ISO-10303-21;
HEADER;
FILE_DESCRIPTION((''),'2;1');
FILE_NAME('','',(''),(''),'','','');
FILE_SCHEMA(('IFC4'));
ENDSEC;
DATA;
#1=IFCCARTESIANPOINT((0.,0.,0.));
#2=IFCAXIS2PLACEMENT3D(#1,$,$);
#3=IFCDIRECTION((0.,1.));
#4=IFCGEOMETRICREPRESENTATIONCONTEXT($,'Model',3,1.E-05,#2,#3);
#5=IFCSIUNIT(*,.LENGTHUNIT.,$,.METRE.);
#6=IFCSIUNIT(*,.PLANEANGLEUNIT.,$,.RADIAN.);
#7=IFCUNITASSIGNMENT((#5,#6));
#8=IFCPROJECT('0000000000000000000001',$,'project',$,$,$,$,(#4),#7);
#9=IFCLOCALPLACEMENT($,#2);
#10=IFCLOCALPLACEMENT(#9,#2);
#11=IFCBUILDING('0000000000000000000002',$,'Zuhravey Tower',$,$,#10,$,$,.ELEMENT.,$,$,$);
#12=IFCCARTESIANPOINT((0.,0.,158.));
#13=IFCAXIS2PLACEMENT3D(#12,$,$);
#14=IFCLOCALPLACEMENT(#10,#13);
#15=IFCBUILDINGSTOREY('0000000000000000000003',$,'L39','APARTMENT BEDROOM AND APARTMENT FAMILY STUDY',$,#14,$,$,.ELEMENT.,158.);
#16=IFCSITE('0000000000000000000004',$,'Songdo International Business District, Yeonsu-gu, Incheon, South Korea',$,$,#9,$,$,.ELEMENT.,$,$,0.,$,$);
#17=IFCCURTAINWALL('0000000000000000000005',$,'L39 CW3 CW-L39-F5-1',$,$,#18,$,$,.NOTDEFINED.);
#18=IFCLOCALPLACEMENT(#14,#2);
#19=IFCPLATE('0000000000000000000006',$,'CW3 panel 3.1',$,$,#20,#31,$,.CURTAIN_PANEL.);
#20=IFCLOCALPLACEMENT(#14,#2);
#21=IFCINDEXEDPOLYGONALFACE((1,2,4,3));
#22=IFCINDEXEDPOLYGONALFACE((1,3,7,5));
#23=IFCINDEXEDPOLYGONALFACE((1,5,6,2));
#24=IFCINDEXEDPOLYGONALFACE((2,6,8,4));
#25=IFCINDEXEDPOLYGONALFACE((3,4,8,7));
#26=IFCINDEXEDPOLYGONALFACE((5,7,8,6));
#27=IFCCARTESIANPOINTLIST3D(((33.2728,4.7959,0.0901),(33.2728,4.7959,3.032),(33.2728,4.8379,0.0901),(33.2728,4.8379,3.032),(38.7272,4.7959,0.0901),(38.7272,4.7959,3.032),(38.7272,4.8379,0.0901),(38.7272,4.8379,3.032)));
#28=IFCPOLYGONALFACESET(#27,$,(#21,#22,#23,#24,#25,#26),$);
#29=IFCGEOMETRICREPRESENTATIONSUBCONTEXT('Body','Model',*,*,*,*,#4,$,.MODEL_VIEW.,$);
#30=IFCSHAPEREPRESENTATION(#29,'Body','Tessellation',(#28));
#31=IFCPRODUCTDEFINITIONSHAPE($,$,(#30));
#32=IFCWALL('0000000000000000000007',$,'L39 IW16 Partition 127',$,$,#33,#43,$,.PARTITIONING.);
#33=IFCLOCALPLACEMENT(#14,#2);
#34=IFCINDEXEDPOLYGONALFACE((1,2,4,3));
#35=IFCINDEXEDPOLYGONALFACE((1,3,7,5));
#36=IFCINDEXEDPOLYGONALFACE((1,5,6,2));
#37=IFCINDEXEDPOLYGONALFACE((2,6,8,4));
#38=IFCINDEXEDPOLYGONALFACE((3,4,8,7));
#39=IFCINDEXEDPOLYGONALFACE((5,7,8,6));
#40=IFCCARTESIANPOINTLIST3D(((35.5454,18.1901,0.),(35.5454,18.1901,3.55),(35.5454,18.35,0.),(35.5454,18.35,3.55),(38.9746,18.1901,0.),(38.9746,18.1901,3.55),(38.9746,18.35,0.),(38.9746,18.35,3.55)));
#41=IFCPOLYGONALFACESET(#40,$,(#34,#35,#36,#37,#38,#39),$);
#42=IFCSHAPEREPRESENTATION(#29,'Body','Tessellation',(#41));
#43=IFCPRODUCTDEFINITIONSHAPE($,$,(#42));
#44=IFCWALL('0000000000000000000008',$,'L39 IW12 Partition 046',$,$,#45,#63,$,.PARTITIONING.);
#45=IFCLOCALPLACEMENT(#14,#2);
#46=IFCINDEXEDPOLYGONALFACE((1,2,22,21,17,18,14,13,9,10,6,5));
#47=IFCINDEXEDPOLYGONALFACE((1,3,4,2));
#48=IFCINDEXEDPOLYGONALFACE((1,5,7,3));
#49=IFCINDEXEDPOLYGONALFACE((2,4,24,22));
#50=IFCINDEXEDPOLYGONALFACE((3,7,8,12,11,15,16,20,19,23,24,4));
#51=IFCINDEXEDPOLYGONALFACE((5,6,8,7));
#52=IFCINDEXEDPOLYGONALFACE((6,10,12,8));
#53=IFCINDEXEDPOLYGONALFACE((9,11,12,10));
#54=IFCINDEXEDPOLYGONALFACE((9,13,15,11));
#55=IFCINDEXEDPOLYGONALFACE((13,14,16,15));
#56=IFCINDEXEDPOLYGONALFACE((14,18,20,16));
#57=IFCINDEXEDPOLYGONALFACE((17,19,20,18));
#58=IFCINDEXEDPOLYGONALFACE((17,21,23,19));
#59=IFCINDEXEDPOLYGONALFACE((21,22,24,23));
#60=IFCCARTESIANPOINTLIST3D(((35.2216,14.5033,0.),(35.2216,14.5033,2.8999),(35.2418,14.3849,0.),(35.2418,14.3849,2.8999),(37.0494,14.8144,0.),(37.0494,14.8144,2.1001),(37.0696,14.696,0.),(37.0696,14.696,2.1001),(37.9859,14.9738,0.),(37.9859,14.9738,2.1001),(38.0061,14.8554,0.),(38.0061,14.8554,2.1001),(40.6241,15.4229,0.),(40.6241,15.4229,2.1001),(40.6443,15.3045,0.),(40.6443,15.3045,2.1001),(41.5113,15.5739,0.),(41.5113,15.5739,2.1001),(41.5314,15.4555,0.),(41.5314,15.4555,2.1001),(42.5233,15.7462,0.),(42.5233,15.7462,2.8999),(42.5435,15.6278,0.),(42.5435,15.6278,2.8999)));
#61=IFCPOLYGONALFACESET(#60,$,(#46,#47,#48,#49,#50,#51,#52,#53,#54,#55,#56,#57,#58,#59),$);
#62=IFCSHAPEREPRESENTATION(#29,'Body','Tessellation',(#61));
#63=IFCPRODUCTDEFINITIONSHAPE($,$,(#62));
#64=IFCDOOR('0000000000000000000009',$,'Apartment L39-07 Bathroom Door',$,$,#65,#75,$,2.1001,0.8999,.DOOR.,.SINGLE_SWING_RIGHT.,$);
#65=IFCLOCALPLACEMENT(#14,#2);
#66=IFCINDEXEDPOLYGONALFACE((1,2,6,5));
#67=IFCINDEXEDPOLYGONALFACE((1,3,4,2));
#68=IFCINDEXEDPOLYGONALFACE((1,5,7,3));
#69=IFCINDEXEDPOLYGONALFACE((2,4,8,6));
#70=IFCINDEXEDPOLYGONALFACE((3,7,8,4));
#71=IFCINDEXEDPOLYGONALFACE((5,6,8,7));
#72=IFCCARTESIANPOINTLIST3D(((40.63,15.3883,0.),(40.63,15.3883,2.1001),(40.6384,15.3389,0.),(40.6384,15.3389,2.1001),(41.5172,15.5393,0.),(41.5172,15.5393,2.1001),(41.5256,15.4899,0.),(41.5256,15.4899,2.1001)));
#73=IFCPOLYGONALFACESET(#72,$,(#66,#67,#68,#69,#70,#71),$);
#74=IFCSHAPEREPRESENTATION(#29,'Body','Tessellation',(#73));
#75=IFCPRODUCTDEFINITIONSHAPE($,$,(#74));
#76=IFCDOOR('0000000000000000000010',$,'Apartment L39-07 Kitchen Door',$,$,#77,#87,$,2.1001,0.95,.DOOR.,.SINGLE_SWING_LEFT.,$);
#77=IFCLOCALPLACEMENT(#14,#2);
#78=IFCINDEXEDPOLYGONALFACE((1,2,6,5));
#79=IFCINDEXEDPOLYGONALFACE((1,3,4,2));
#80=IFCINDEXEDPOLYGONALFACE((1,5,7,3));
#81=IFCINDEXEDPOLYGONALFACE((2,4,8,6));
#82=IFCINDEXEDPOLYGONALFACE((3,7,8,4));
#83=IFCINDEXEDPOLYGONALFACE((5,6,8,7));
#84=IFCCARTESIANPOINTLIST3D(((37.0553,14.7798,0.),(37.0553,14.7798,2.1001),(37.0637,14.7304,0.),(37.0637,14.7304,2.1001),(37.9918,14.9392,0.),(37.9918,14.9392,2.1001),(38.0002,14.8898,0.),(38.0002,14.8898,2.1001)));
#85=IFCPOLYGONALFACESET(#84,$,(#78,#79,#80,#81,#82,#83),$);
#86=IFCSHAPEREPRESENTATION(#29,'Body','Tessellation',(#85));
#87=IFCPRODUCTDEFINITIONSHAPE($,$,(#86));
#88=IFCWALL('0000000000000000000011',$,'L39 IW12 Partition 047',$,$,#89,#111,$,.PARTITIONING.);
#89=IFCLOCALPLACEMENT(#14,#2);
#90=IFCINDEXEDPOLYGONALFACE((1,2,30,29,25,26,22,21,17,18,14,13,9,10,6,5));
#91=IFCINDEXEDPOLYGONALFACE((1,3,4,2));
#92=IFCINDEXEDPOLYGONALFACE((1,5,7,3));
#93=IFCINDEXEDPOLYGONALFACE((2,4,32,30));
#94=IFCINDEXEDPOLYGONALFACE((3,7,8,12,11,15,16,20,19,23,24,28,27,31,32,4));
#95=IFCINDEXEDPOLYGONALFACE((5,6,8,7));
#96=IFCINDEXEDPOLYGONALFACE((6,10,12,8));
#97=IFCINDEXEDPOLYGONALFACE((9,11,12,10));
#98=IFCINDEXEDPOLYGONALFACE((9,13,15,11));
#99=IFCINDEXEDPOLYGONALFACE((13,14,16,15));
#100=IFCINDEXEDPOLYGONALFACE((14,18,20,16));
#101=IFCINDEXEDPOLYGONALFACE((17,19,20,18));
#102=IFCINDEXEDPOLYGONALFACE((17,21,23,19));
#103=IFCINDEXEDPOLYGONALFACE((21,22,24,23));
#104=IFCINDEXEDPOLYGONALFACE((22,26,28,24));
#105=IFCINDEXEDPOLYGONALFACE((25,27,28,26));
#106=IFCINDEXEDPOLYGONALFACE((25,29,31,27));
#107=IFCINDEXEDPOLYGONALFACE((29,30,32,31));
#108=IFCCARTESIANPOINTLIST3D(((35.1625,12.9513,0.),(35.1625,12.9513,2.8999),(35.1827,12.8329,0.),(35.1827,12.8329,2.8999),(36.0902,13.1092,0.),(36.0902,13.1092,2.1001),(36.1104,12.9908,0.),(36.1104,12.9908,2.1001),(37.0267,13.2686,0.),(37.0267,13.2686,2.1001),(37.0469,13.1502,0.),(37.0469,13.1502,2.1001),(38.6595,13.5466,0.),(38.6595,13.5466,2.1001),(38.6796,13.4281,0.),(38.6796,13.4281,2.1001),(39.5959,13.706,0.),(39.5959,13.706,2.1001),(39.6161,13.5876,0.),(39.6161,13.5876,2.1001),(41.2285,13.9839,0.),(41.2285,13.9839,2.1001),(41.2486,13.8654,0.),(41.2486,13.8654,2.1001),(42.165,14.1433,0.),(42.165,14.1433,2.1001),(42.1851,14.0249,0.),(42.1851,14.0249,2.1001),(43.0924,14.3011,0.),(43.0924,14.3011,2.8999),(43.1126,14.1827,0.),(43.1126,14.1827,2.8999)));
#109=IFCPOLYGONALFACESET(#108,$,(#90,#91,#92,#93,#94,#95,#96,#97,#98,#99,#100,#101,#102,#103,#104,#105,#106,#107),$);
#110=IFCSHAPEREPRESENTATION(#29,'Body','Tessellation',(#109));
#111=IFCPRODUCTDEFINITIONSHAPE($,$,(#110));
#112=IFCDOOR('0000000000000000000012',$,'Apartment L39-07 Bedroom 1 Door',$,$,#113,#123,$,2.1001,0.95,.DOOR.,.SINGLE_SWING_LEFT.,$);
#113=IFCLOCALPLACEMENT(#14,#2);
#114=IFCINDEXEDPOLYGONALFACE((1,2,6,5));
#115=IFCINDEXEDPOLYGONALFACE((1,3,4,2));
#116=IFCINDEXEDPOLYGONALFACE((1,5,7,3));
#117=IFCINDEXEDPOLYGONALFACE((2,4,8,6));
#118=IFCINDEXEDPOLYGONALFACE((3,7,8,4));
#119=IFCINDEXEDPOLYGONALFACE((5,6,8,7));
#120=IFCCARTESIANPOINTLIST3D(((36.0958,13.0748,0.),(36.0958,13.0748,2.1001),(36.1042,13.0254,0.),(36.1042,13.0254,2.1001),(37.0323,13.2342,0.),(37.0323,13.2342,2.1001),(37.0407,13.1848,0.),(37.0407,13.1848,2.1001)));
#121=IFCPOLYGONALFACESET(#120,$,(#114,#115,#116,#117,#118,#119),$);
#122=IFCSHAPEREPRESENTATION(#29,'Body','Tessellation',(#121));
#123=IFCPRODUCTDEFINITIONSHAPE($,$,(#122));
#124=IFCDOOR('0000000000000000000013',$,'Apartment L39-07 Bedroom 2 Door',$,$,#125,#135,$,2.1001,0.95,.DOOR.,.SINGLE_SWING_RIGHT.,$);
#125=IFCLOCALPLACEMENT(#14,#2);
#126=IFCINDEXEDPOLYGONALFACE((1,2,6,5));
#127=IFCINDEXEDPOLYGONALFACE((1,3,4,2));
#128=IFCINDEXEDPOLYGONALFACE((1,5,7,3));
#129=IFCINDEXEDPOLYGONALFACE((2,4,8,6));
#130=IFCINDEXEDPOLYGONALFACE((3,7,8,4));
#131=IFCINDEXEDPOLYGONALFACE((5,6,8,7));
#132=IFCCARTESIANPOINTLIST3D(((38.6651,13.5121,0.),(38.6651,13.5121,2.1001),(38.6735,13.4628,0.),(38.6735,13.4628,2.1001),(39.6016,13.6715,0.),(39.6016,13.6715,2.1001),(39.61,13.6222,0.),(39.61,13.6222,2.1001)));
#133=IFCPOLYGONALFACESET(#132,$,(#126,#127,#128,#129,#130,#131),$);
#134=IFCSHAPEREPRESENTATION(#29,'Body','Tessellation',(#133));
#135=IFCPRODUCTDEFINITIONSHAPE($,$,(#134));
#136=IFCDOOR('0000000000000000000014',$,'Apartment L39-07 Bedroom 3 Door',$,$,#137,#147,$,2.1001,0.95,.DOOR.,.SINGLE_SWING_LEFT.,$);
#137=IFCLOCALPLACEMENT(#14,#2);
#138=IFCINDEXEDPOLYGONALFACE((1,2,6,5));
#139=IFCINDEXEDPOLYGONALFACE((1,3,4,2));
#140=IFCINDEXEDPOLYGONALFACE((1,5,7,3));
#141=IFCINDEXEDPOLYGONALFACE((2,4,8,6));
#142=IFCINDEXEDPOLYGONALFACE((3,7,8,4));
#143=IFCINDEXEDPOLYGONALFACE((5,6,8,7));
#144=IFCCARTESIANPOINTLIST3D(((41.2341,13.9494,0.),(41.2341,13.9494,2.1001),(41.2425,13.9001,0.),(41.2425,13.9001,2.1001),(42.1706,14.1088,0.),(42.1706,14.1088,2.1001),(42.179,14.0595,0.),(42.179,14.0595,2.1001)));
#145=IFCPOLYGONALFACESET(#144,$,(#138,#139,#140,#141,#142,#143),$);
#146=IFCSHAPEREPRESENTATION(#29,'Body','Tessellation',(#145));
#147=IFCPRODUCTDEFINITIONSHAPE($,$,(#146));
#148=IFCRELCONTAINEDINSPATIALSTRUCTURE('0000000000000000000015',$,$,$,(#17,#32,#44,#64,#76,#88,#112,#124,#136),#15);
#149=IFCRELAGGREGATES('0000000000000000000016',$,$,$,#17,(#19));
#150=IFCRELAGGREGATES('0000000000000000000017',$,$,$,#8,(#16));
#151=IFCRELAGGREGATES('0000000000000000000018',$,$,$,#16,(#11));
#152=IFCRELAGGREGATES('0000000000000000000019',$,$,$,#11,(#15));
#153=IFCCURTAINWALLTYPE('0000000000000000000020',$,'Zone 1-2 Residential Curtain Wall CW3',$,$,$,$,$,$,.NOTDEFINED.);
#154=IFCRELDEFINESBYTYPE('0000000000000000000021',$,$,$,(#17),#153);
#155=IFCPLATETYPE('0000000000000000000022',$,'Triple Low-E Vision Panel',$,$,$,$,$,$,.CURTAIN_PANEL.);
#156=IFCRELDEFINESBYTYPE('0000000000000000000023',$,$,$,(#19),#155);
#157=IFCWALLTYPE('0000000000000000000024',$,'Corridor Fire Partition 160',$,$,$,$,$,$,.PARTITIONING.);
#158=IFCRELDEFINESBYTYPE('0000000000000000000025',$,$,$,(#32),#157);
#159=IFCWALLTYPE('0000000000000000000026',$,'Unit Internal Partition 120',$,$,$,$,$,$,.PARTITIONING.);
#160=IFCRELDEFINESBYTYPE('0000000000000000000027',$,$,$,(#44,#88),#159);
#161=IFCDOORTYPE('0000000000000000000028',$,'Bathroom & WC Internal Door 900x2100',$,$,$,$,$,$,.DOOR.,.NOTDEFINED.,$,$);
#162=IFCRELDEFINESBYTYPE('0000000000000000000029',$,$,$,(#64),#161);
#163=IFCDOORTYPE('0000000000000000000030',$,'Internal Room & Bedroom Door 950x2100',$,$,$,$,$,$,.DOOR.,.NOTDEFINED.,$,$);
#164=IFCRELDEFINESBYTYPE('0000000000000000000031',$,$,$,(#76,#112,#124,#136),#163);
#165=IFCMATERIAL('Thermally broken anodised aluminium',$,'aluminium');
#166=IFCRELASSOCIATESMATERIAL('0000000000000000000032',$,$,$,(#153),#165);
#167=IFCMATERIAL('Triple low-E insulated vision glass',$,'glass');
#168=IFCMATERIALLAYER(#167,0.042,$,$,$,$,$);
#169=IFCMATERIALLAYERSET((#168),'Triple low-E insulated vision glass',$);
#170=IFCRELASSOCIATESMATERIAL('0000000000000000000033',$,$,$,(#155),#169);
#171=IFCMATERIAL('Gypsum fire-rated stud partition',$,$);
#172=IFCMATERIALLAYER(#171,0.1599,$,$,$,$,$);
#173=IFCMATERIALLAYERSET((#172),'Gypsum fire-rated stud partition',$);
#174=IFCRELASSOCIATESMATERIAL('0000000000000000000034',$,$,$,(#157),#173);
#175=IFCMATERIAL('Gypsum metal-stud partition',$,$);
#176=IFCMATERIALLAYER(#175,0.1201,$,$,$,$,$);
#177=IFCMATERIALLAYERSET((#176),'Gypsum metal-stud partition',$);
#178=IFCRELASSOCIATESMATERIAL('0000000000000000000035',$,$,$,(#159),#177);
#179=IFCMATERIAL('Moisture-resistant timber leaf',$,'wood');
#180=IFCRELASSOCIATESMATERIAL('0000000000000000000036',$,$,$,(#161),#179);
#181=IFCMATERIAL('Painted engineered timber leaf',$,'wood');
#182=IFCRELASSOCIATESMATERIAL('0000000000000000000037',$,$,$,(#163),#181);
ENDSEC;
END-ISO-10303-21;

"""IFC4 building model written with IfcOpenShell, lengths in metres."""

from ifc_helpers import new_model, si_unit, direction, frame, frame_2d, origin, origin_2d, place, context, subcontext, project, spatial, rectangle, extrude, material, layer, layer_set, type_object, element, fill, aggregate, save


model = new_model("IFC4")

# Units and contexts
model_context = context("Model", 3, precision=1e-05, world=origin(), true_north=direction((0.0, 1.0)))
body_context = subcontext(model_context, "Body", "Model", "MODEL_VIEW")
ifc_project = project(units=[si_unit("LENGTHUNIT", "METRE"), si_unit("PLANEANGLEUNIT", "RADIAN")], contexts=[model_context])

# Site, building, storey
site_placement = place(None, origin())
site = spatial("IfcSite", under=ifc_project, at=site_placement, Name="Songdo International Business District, Yeonsu-gu, Incheon, South Korea", CompositionType="ELEMENT", RefElevation=0.0)
building_placement = place(site_placement, origin())
building = spatial("IfcBuilding", under=site, at=building_placement, Name="Zuhravey Tower", CompositionType="ELEMENT")
storey_placement = place(building_placement, frame((0.0, 0.0, 158.0)))
storey = spatial("IfcBuildingStorey", under=building, at=storey_placement, Name="L39", Description="APARTMENT BEDROOM AND APARTMENT FAMILY STUDY", CompositionType="ELEMENT", Elevation=158.0)

# Curtain wall
ifc_material_1 = material(Name="Thermally broken anodised aluminium", Category="aluminium")
curtain_wall_type = type_object("IfcCurtainWallType", Name="Zone 1-2 Residential Curtain Wall CW3", PredefinedType="NOTDEFINED", material=ifc_material_1)
curtain_wall_placement = place(storey_placement, origin())
curtain_wall = element("IfcCurtainWall", 1, at=curtain_wall_placement, inside=storey, type_object=curtain_wall_type, Name="L39 CW3 CW-L39-F5-1", PredefinedType="NOTDEFINED")

# Plate
ifc_material_2 = material(Name="Triple low-E insulated vision glass", Category="glass")
ifc_layer_1 = layer(ifc_material_2, 0.042)
ifc_layer_set_1 = layer_set([ifc_layer_1], Name="Triple low-E insulated vision glass")
plate_type = type_object("IfcPlateType", Name="Triple Low-E Vision Panel", PredefinedType="CURTAIN_PANEL", material=ifc_layer_set_1)
plate_1_placement = place(storey_placement, frame((36.0, 4.8169, 0.0901), z_axis=(0.0, 0.0, 1.0), x_axis=(-1.0, 0.0, 0.0)))
plate_1 = element("IfcPlate", 2, at=plate_1_placement, type_object=plate_type, Name="CW3 panel 3.1", PredefinedType="CURTAIN_PANEL", context=body_context, shape_type="SweptSolid", body=[
    extrude(rectangle(XDim=5.4543, YDim=0.042, at=origin_2d()), origin(), (0.0, 0.0, 1.0), 2.9419),
])
aggregate(curtain_wall, [plate_1])

# Wall
ifc_material_3 = material(Name="Gypsum fire-rated stud partition")
ifc_layer_2 = layer(ifc_material_3, 0.1599)
ifc_layer_set_2 = layer_set([ifc_layer_2], Name="Gypsum fire-rated stud partition")
wall_type_1 = type_object("IfcWallType", Name="Corridor Fire Partition 160", PredefinedType="PARTITIONING", material=ifc_layer_set_2)
wall_1_placement = place(storey_placement, frame((35.5454, 18.27, 0.0), z_axis=(0.0, 0.0, 1.0), x_axis=(1.0, 0.0, 0.0)))
element("IfcWall", 3, at=wall_1_placement, inside=storey, type_object=wall_type_1, Name="L39 IW16 Partition 127", PredefinedType="PARTITIONING", context=body_context, shape_type="SweptSolid", body=[
    extrude(rectangle(XDim=3.4292, YDim=0.1599, at=frame_2d((1.7146, 0.0))), origin(), (0.0, 0.0, 1.0), 3.55),
])

# Walls, openings, doors
ifc_material_4 = material(Name="Gypsum metal-stud partition")
ifc_layer_3 = layer(ifc_material_4, 0.1201)
ifc_layer_set_3 = layer_set([ifc_layer_3], Name="Gypsum metal-stud partition")
wall_type_2 = type_object("IfcWallType", Name="Unit Internal Partition 120", PredefinedType="PARTITIONING", material=ifc_layer_set_3)
wall_2_placement = place(storey_placement, frame((35.2317, 14.4441, 0.0), z_axis=(0.0, 0.0, 1.0), x_axis=(0.98582, 0.167808, 0.0)))
wall_2 = element("IfcWall", 4, at=wall_2_placement, inside=storey, type_object=wall_type_2, Name="L39 IW12 Partition 046", PredefinedType="PARTITIONING", context=body_context, shape_type="SweptSolid", body=[
    extrude(rectangle(XDim=7.4067, YDim=0.1201, at=frame_2d((3.7034, 0.0))), origin(), (0.0, 0.0, 1.0), 2.8999),
])
opening_1_placement = place(wall_2_placement, frame((1.854, 0.0, 0.0)))
opening_1 = element("IfcOpeningElement", 5, at=opening_1_placement, cuts=wall_2, PredefinedType="OPENING", context=body_context, shape_type="SweptSolid", body=[
    extrude(rectangle(XDim=0.95, YDim=2.1001, at=frame_2d((0.4751, 1.05))), frame((0.0, 0.072, 0.0), z_axis=(0.0, -1.0, 0.0), x_axis=(1.0, 0.0, 0.0)), (0.0, 0.0, 1.0), 0.144),
])
opening_2_placement = place(wall_2_placement, frame((5.4802, 0.0, 0.0)))
opening_2 = element("IfcOpeningElement", 6, at=opening_2_placement, cuts=wall_2, PredefinedType="OPENING", context=body_context, shape_type="SweptSolid", body=[
    extrude(rectangle(XDim=0.8999, YDim=2.1001, at=frame_2d((0.45, 1.05))), frame((0.0, 0.072, 0.0), z_axis=(0.0, -1.0, 0.0), x_axis=(1.0, 0.0, 0.0)), (0.0, 0.0, 1.0), 0.144),
])
ifc_material_5 = material(Name="Moisture-resistant timber leaf", Category="wood")
door_type_1 = type_object("IfcDoorType", Name="Bathroom & WC Internal Door 900x2100", OperationType="NOTDEFINED", PredefinedType="DOOR", material=ifc_material_5)
door_1_placement = place(opening_2_placement, origin())
door_1 = element("IfcDoor", 7, at=door_1_placement, inside=storey, type_object=door_type_1, Name="Apartment L39-07 Bathroom Door", OperationType="SINGLE_SWING_RIGHT", OverallHeight=2.1001, OverallWidth=0.8999, PredefinedType="DOOR", context=body_context, shape_type="SweptSolid", body=[
    extrude(rectangle(XDim=0.8999, YDim=2.1001, at=frame_2d((0.45, 1.05))), frame((0.0, 0.0249, 0.0), z_axis=(0.0, -1.0, 0.0), x_axis=(1.0, 0.0, 0.0)), (0.0, 0.0, 1.0), 0.05),
])
fill(opening_2, door_1)
ifc_material_6 = material(Name="Painted engineered timber leaf", Category="wood")
door_type_2 = type_object("IfcDoorType", Name="Internal Room & Bedroom Door 950x2100", OperationType="NOTDEFINED", PredefinedType="DOOR", material=ifc_material_6)
door_2_placement = place(opening_1_placement, origin())
door_2 = element("IfcDoor", 8, at=door_2_placement, inside=storey, type_object=door_type_2, Name="Apartment L39-07 Kitchen Door", OperationType="SINGLE_SWING_LEFT", OverallHeight=2.1001, OverallWidth=0.95, PredefinedType="DOOR", context=body_context, shape_type="SweptSolid", body=[
    extrude(rectangle(XDim=0.95, YDim=2.1001, at=frame_2d((0.4751, 1.05))), frame((0.0, 0.0249, 0.0), z_axis=(0.0, -1.0, 0.0), x_axis=(1.0, 0.0, 0.0)), (0.0, 0.0, 1.0), 0.05),
])
fill(opening_1, door_2)
wall_3_placement = place(storey_placement, frame((35.1726, 12.8921, 0.0), z_axis=(0.0, 0.0, 1.0), x_axis=(0.98582, 0.167809, 0.0)))
wall_3 = element("IfcWall", 9, at=wall_3_placement, inside=storey, type_object=wall_type_2, Name="L39 IW12 Partition 047", PredefinedType="PARTITIONING", context=body_context, shape_type="SweptSolid", body=[
    extrude(rectangle(XDim=8.0439, YDim=0.1201, at=frame_2d((4.022, 0.0))), origin(), (0.0, 0.0, 1.0), 2.8999),
])
opening_3_placement = place(wall_3_placement, frame((0.9409, 0.0, 0.0)))
opening_3 = element("IfcOpeningElement", 10, at=opening_3_placement, cuts=wall_3, PredefinedType="OPENING", context=body_context, shape_type="SweptSolid", body=[
    extrude(rectangle(XDim=0.95, YDim=2.1001, at=frame_2d((0.4751, 1.05))), frame((0.0, 0.072, 0.0), z_axis=(0.0, -1.0, 0.0), x_axis=(1.0, 0.0, 0.0)), (0.0, 0.0, 1.0), 0.144),
])
opening_4_placement = place(wall_3_placement, frame((3.5471, 0.0, 0.0)))
opening_4 = element("IfcOpeningElement", 11, at=opening_4_placement, cuts=wall_3, PredefinedType="OPENING", context=body_context, shape_type="SweptSolid", body=[
    extrude(rectangle(XDim=0.95, YDim=2.1001, at=frame_2d((0.4751, 1.05))), frame((0.0, 0.072, 0.0), z_axis=(0.0, -1.0, 0.0), x_axis=(1.0, 0.0, 0.0)), (0.0, 0.0, 1.0), 0.144),
])
opening_5_placement = place(wall_3_placement, frame((6.1531, 0.0, 0.0)))
opening_5 = element("IfcOpeningElement", 12, at=opening_5_placement, cuts=wall_3, PredefinedType="OPENING", context=body_context, shape_type="SweptSolid", body=[
    extrude(rectangle(XDim=0.95, YDim=2.1001, at=frame_2d((0.4751, 1.05))), frame((0.0, 0.072, 0.0), z_axis=(0.0, -1.0, 0.0), x_axis=(1.0, 0.0, 0.0)), (0.0, 0.0, 1.0), 0.144),
])
door_3_placement = place(opening_3_placement, frame((0.95, 0.0, 0.0), z_axis=(0.0, 0.0, 1.0), x_axis=(-1.0, 0.0, 0.0)))
door_3 = element("IfcDoor", 13, at=door_3_placement, inside=storey, type_object=door_type_2, Name="Apartment L39-07 Bedroom 1 Door", OperationType="SINGLE_SWING_LEFT", OverallHeight=2.1001, OverallWidth=0.95, PredefinedType="DOOR", context=body_context, shape_type="SweptSolid", body=[
    extrude(rectangle(XDim=0.95, YDim=2.1001, at=frame_2d((0.4751, 1.05))), frame((0.0, 0.0249, 0.0), z_axis=(0.0, -1.0, 0.0), x_axis=(1.0, 0.0, 0.0)), (0.0, 0.0, 1.0), 0.05),
])
fill(opening_3, door_3)
door_4_placement = place(opening_4_placement, frame((0.95, 0.0, 0.0), z_axis=(0.0, 0.0, 1.0), x_axis=(-1.0, 0.0, 0.0)))
door_4 = element("IfcDoor", 14, at=door_4_placement, inside=storey, type_object=door_type_2, Name="Apartment L39-07 Bedroom 2 Door", OperationType="SINGLE_SWING_RIGHT", OverallHeight=2.1001, OverallWidth=0.95, PredefinedType="DOOR", context=body_context, shape_type="SweptSolid", body=[
    extrude(rectangle(XDim=0.95, YDim=2.1001, at=frame_2d((0.4751, 1.05))), frame((0.0, 0.0249, 0.0), z_axis=(0.0, -1.0, 0.0), x_axis=(1.0, 0.0, 0.0)), (0.0, 0.0, 1.0), 0.05),
])
fill(opening_4, door_4)
door_5_placement = place(opening_5_placement, frame((0.95, 0.0, 0.0), z_axis=(0.0, 0.0, 1.0), x_axis=(-1.0, 0.0, 0.0)))
door_5 = element("IfcDoor", 15, at=door_5_placement, inside=storey, type_object=door_type_2, Name="Apartment L39-07 Bedroom 3 Door", OperationType="SINGLE_SWING_LEFT", OverallHeight=2.1001, OverallWidth=0.95, PredefinedType="DOOR", context=body_context, shape_type="SweptSolid", body=[
    extrude(rectangle(XDim=0.95, YDim=2.1001, at=frame_2d((0.4751, 1.05))), frame((0.0, 0.0249, 0.0), z_axis=(0.0, -1.0, 0.0), x_axis=(1.0, 0.0, 0.0)), (0.0, 0.0, 1.0), 0.05),
])
fill(opening_5, door_5)

save(model, "model.ifc")
